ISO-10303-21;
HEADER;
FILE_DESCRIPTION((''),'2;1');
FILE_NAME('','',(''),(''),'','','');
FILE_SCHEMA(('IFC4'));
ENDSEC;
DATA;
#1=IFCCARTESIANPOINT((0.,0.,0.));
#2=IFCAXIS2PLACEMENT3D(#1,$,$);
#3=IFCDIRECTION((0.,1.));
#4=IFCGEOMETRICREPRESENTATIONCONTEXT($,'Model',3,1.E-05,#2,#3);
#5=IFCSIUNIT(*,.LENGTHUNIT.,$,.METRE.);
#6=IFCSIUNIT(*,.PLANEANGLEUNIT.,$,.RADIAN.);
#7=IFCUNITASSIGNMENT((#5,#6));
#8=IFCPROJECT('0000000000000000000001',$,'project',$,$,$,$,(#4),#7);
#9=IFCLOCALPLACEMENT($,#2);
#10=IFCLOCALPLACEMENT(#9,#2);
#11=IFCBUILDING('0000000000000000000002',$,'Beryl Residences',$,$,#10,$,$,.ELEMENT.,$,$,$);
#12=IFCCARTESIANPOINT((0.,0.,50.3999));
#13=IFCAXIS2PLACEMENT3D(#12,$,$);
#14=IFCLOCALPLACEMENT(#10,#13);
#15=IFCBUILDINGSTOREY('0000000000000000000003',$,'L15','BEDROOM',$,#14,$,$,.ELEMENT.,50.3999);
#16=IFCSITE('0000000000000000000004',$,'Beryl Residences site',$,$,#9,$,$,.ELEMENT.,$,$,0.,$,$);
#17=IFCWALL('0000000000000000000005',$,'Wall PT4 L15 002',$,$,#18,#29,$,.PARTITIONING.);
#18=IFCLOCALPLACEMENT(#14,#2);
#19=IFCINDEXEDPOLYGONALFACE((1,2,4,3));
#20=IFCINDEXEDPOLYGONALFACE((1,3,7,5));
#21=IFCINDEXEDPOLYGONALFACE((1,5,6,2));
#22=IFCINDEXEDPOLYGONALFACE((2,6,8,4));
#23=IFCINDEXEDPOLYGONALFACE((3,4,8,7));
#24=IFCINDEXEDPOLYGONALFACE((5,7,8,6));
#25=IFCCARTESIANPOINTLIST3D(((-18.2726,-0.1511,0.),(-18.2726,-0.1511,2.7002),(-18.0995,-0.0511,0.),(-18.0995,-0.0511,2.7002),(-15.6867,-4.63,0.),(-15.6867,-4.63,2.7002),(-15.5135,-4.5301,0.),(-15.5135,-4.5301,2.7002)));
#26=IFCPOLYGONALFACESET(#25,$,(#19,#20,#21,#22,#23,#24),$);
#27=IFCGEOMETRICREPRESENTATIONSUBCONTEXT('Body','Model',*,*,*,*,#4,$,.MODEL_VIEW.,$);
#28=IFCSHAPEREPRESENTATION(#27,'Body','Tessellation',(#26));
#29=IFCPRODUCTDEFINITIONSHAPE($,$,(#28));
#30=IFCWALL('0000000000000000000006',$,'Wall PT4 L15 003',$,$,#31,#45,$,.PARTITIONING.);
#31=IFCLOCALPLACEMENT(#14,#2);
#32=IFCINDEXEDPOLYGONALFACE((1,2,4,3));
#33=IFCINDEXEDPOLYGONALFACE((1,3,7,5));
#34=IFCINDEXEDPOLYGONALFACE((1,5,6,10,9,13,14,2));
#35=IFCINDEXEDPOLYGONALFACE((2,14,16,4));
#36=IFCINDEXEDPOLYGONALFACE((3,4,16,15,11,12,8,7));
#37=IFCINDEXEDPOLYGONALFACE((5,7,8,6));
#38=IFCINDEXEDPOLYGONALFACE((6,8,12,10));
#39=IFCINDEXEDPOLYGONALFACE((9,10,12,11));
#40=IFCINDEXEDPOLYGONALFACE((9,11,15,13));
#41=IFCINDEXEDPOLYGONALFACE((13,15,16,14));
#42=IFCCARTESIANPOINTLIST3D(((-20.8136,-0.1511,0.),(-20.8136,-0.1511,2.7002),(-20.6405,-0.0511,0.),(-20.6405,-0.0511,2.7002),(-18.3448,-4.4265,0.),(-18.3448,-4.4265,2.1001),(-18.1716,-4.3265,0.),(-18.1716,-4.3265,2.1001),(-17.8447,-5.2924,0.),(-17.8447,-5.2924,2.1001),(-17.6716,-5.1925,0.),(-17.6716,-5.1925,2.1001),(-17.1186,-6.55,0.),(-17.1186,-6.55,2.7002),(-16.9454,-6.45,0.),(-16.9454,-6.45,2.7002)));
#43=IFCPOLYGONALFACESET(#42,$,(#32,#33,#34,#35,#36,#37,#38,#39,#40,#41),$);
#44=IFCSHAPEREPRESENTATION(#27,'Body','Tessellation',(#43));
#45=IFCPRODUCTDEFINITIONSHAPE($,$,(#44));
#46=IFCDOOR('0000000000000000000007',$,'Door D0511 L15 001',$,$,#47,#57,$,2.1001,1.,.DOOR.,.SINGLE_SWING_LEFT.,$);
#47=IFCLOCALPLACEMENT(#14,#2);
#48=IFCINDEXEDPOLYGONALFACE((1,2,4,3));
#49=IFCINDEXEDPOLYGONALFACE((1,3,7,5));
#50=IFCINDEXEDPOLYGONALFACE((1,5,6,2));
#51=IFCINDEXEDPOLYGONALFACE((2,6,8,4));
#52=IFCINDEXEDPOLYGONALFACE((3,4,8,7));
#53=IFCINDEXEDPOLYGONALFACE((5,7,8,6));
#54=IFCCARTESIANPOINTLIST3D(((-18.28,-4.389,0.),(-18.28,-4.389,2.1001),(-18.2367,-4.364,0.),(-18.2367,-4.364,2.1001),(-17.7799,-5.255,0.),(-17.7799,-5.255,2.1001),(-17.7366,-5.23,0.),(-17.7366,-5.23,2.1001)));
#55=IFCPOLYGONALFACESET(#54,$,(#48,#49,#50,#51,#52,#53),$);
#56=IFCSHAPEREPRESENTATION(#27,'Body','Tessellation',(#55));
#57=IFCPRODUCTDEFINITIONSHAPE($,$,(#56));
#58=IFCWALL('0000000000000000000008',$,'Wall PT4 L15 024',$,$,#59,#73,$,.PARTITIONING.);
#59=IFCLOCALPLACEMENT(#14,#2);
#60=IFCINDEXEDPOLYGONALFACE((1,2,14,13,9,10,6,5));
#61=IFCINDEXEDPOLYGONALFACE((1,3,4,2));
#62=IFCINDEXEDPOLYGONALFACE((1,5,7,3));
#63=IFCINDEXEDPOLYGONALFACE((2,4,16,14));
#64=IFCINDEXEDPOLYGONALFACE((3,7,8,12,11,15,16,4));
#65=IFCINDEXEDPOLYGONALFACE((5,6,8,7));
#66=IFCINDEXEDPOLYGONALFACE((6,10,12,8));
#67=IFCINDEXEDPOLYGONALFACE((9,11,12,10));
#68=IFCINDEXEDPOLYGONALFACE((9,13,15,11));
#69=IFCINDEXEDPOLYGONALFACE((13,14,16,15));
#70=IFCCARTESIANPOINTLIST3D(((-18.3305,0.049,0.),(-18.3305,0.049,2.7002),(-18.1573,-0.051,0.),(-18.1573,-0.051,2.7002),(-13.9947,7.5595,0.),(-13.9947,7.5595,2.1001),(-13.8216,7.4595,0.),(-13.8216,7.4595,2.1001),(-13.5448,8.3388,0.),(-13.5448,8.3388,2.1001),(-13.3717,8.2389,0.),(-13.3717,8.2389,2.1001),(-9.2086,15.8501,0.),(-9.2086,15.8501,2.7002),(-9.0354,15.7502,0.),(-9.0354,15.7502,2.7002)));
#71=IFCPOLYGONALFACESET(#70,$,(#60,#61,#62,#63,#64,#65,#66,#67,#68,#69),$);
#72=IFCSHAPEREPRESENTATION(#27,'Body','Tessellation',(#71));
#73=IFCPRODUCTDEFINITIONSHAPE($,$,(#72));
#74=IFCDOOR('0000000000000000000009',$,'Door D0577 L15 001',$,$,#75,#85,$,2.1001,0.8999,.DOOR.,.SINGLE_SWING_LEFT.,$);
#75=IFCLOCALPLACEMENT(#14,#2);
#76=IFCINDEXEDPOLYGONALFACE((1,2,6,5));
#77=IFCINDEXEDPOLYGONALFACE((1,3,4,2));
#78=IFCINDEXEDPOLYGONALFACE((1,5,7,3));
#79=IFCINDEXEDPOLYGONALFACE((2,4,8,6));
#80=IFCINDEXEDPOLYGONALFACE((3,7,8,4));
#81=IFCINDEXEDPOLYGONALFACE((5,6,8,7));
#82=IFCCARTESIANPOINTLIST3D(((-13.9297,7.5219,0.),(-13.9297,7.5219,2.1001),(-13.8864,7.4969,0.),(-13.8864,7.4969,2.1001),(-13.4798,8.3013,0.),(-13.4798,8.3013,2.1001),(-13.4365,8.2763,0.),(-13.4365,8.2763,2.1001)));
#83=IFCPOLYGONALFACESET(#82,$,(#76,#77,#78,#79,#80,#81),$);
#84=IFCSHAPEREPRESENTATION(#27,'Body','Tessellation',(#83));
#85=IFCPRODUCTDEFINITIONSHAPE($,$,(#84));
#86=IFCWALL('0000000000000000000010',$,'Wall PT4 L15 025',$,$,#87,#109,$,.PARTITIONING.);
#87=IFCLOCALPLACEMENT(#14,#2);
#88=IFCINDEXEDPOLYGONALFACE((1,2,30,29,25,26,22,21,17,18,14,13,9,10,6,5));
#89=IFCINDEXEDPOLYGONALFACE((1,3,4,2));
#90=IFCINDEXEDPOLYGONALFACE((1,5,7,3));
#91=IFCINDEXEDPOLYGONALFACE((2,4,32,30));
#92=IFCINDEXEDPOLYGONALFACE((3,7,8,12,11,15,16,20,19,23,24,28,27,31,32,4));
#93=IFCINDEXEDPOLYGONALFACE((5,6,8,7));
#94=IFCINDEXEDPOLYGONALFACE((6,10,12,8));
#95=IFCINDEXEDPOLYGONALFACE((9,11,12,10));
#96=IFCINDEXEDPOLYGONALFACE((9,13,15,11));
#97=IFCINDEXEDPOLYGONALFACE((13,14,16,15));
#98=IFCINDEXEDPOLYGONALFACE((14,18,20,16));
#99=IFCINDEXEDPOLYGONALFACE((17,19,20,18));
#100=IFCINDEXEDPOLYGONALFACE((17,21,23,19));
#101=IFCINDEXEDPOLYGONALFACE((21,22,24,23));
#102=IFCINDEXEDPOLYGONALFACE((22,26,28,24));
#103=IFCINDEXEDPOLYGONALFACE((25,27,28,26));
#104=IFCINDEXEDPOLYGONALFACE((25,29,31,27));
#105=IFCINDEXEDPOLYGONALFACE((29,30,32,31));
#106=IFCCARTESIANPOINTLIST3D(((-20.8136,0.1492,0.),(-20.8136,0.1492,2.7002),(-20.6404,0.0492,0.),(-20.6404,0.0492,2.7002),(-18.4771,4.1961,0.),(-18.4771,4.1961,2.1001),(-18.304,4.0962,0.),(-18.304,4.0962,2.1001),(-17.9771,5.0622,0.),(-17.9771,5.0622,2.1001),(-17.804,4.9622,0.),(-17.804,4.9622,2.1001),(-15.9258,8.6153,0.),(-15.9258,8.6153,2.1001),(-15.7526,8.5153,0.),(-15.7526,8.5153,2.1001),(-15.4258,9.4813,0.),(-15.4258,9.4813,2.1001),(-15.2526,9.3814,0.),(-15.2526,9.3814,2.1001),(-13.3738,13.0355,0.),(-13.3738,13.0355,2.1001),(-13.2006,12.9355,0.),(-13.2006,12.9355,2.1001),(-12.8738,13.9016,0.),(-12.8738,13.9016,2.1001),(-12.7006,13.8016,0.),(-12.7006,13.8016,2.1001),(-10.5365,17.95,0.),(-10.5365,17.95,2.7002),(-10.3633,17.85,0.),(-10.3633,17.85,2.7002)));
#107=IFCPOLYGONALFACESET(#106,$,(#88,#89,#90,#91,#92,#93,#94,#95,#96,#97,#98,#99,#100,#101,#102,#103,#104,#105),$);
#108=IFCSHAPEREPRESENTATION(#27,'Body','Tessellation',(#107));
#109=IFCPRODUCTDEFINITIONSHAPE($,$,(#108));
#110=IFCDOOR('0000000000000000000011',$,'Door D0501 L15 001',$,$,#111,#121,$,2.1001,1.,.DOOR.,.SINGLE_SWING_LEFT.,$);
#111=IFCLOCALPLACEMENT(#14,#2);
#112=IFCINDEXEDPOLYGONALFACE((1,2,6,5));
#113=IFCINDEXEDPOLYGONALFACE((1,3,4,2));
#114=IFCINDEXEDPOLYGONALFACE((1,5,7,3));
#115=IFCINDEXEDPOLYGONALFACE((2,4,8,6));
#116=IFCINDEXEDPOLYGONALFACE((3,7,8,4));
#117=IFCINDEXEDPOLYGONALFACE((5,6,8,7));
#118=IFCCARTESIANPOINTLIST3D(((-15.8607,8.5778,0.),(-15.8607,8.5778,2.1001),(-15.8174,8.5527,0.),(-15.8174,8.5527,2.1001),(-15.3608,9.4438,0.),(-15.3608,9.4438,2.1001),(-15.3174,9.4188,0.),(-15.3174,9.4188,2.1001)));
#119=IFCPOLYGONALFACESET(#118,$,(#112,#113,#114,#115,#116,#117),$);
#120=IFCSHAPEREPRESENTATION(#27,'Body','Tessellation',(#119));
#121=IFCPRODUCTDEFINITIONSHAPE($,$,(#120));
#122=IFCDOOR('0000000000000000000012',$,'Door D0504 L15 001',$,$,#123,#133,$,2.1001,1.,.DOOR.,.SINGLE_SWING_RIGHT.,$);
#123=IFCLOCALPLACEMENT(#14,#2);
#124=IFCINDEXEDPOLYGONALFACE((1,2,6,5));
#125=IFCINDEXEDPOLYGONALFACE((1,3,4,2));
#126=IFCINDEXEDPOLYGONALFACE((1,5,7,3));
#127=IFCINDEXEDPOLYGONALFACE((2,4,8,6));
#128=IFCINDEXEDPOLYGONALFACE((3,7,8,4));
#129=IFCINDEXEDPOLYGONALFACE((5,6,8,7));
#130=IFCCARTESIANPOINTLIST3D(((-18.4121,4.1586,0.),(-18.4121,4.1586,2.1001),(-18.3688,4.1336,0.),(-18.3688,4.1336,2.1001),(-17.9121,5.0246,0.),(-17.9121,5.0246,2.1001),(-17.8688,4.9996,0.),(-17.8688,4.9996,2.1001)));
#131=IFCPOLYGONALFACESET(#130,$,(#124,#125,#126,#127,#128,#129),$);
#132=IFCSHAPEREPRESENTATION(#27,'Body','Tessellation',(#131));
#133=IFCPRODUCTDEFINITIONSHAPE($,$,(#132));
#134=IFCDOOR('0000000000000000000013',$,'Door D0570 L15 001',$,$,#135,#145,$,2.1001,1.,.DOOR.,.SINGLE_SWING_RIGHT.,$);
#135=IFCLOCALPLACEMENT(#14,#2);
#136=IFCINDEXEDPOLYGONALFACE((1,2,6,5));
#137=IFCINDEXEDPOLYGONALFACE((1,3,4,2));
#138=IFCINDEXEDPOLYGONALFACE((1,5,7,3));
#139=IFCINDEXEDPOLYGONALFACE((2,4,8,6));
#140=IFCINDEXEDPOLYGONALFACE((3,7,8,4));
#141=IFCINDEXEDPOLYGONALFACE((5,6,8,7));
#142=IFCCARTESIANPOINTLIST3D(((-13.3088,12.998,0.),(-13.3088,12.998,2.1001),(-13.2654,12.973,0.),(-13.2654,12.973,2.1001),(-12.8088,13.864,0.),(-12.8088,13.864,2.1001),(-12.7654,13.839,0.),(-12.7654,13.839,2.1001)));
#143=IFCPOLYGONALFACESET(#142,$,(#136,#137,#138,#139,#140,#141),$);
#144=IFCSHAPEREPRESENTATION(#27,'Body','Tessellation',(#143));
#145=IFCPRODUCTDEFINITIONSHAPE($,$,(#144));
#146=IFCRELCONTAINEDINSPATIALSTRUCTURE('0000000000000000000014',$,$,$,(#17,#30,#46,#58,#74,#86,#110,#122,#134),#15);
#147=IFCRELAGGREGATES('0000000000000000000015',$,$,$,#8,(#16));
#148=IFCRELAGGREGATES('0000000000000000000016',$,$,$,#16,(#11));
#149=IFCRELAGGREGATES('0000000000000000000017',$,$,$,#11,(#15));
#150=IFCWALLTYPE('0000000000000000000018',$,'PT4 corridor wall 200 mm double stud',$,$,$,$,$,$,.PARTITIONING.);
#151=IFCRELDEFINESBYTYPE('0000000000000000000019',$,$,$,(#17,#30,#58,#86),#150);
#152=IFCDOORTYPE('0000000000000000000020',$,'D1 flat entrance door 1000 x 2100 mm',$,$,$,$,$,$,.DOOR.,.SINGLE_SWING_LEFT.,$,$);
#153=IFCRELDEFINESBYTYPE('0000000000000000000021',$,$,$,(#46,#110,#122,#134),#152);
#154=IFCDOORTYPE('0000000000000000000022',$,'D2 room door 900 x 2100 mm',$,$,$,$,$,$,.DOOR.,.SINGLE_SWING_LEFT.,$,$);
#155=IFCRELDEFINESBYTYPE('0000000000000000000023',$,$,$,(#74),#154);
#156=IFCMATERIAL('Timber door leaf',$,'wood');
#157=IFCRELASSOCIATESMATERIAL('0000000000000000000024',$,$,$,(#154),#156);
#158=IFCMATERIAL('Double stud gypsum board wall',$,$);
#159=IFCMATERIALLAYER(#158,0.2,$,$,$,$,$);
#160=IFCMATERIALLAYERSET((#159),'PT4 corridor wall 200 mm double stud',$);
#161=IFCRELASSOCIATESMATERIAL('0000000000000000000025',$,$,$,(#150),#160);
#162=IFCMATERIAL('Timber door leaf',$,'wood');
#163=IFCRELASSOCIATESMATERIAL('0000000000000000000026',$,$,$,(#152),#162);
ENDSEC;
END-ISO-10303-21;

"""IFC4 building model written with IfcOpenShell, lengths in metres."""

from ifc_helpers import new_model, si_unit, direction, frame, frame_2d, origin, place, context, subcontext, project, spatial, rectangle, extrude, material, layer, layer_set, type_object, element, fill, save


model = new_model("IFC4")

# Units and contexts
model_context = context("Model", 3, precision=1e-05, world=origin(), true_north=direction((0.0, 1.0)))
body_context = subcontext(model_context, "Body", "Model", "MODEL_VIEW")
ifc_project = project(units=[si_unit("LENGTHUNIT", "METRE"), si_unit("PLANEANGLEUNIT", "RADIAN")], contexts=[model_context])

# Site, building, storey
site_placement = place(None, origin())
site = spatial("IfcSite", under=ifc_project, at=site_placement, Name="Beryl Residences site", CompositionType="ELEMENT", RefElevation=0.0)
building_placement = place(site_placement, origin())
building = spatial("IfcBuilding", under=site, at=building_placement, Name="Beryl Residences", CompositionType="ELEMENT")
storey_placement = place(building_placement, frame((0.0, 0.0, 50.3999)))
storey = spatial("IfcBuildingStorey", under=building, at=storey_placement, Name="L15", Description="BEDROOM", CompositionType="ELEMENT", Elevation=50.3999)

# Shared definitions
ifc_material_1 = material(Name="Timber door leaf", Category="wood")
door_type_1 = type_object("IfcDoorType", Name="D2 room door 900 x 2100 mm", OperationType="SINGLE_SWING_LEFT", PredefinedType="DOOR", material=ifc_material_1)

# Wall
ifc_material_2 = material(Name="Double stud gypsum board wall")
ifc_layer_1 = layer(ifc_material_2, 0.2)
ifc_layer_set_1 = layer_set([ifc_layer_1], Name="PT4 corridor wall 200 mm double stud")
wall_type_1 = type_object("IfcWallType", Name="PT4 corridor wall 200 mm double stud", PredefinedType="PARTITIONING", material=ifc_layer_set_1)
wall_1_placement = place(storey_placement, frame((-18.186, -0.1011, 0.0), z_axis=(0.0, 0.0, 1.0), x_axis=(0.499998, -0.866027, 0.0)))
element("IfcWall", 1, at=wall_1_placement, inside=storey, type_object=wall_type_1, Name="Wall PT4 L15 002", PredefinedType="PARTITIONING", context=body_context, shape_type="SweptSolid", body=[
    extrude(rectangle(XDim=5.1719, YDim=0.2, at=frame_2d((2.5859, 0.0))), origin(), (0.0, 0.0, 1.0), 2.7002),
])

# Walls, openings, doors
wall_2_placement = place(storey_placement, frame((-20.7271, -0.1011, 0.0), z_axis=(0.0, 0.0, 1.0), x_axis=(0.500066, -0.865987, 0.0)))
wall_2 = element("IfcWall", 2, at=wall_2_placement, inside=storey, type_object=wall_type_1, Name="Wall PT4 L15 003", PredefinedType="PARTITIONING", context=body_context, shape_type="SweptSolid", body=[
    extrude(rectangle(XDim=7.3892, YDim=0.2, at=frame_2d((3.6946, 0.0))), origin(), (0.0, 0.0, 1.0), 2.7002),
])
opening_1_placement = place(wall_2_placement, frame((4.937, 0.0, 0.0)))
opening_1 = element("IfcOpeningElement", 3, at=opening_1_placement, cuts=wall_2, PredefinedType="OPENING", context=body_context, shape_type="SweptSolid", body=[
    extrude(rectangle(XDim=1.0, YDim=2.1001, at=frame_2d((0.5, 1.05))), frame((0.0, 0.1099, 0.0), z_axis=(0.0, -1.0, 0.0), x_axis=(1.0, 0.0, 0.0)), (0.0, 0.0, 1.0), 0.22),
])
ifc_material_3 = material(Name="Timber door leaf", Category="wood")
door_type_2 = type_object("IfcDoorType", Name="D1 flat entrance door 1000 x 2100 mm", OperationType="SINGLE_SWING_LEFT", PredefinedType="DOOR", material=ifc_material_3)
door_1_placement = place(opening_1_placement, origin())
door_1 = element("IfcDoor", 4, at=door_1_placement, inside=storey, type_object=door_type_2, Name="Door D0511 L15 001", OperationType="SINGLE_SWING_LEFT", OverallHeight=2.1001, OverallWidth=1.0, PredefinedType="DOOR", context=body_context, shape_type="SweptSolid", body=[
    extrude(rectangle(XDim=1.0, YDim=2.1001, at=frame_2d((0.5, 1.05))), frame((0.0, 0.0249, 0.0), z_axis=(0.0, -1.0, 0.0), x_axis=(1.0, 0.0, 0.0)), (0.0, 0.0, 1.0), 0.05),
])
fill(opening_1, door_1)
wall_3_placement = place(storey_placement, frame((-18.2439, -0.001, 0.0), z_axis=(0.0, 0.0, 1.0), x_axis=(0.499963, 0.866047, 0.0)))
wall_3 = element("IfcWall", 5, at=wall_3_placement, inside=storey, type_object=wall_type_1, Name="Wall PT4 L15 024", PredefinedType="PARTITIONING", context=body_context, shape_type="SweptSolid", body=[
    extrude(rectangle(XDim=18.2451, YDim=0.2, at=frame_2d((9.1226, 0.0))), origin(), (0.0, 0.0, 1.0), 2.7002),
])
opening_2_placement = place(wall_3_placement, frame((8.6721, 0.0, 0.0)))
opening_2 = element("IfcOpeningElement", 6, at=opening_2_placement, cuts=wall_3, PredefinedType="OPENING", context=body_context, shape_type="SweptSolid", body=[
    extrude(rectangle(XDim=0.8999, YDim=2.1001, at=frame_2d((0.45, 1.05))), frame((0.0, 0.1099, 0.0), z_axis=(0.0, -1.0, 0.0), x_axis=(1.0, 0.0, 0.0)), (0.0, 0.0, 1.0), 0.22),
])
door_2_placement = place(opening_2_placement, origin())
door_2 = element("IfcDoor", 7, at=door_2_placement, inside=storey, type_object=door_type_1, Name="Door D0577 L15 001", OperationType="SINGLE_SWING_LEFT", OverallHeight=2.1001, OverallWidth=0.8999, PredefinedType="DOOR", context=body_context, shape_type="SweptSolid", body=[
    extrude(rectangle(XDim=0.8999, YDim=2.1001, at=frame_2d((0.45, 1.05))), frame((0.0, 0.0249, 0.0), z_axis=(0.0, -1.0, 0.0), x_axis=(1.0, 0.0, 0.0)), (0.0, 0.0, 1.0), 0.05),
])
fill(opening_2, door_2)

# Wall, openings, doors
wall_4_placement = place(storey_placement, frame((-20.7271, 0.0991, 0.0), z_axis=(0.0, 0.0, 1.0), x_axis=(0.499993, 0.866029, 0.0)))
wall_4 = element("IfcWall", 8, at=wall_4_placement, inside=storey, type_object=wall_type_1, Name="Wall PT4 L15 025", PredefinedType="PARTITIONING", context=body_context, shape_type="SweptSolid", body=[
    extrude(rectangle(XDim=20.5544, YDim=0.2, at=frame_2d((10.2773, 0.0))), origin(), (0.0, 0.0, 1.0), 2.7002),
])
opening_3_placement = place(wall_4_placement, frame((9.7759, 0.0, 0.0)))
opening_3 = element("IfcOpeningElement", 9, at=opening_3_placement, cuts=wall_4, PredefinedType="OPENING", context=body_context, shape_type="SweptSolid", body=[
    extrude(rectangle(XDim=1.0, YDim=2.1001, at=frame_2d((0.5, 1.05))), frame((0.0, 0.1099, 0.0), z_axis=(0.0, -1.0, 0.0), x_axis=(1.0, 0.0, 0.0)), (0.0, 0.0, 1.0), 0.22),
])
opening_4_placement = place(wall_4_placement, frame((4.6731, 0.0, 0.0)))
opening_4 = element("IfcOpeningElement", 10, at=opening_4_placement, cuts=wall_4, PredefinedType="OPENING", context=body_context, shape_type="SweptSolid", body=[
    extrude(rectangle(XDim=1.0, YDim=2.1001, at=frame_2d((0.5, 1.05))), frame((0.0, 0.1099, 0.0), z_axis=(0.0, -1.0, 0.0), x_axis=(1.0, 0.0, 0.0)), (0.0, 0.0, 1.0), 0.22),
])
opening_5_placement = place(wall_4_placement, frame((14.8799, 0.0, 0.0)))
opening_5 = element("IfcOpeningElement", 11, at=opening_5_placement, cuts=wall_4, PredefinedType="OPENING", context=body_context, shape_type="SweptSolid", body=[
    extrude(rectangle(XDim=1.0, YDim=2.1001, at=frame_2d((0.5, 1.05))), frame((0.0, 0.1099, 0.0), z_axis=(0.0, -1.0, 0.0), x_axis=(1.0, 0.0, 0.0)), (0.0, 0.0, 1.0), 0.22),
])
door_3_placement = place(opening_3_placement, origin())
door_3 = element("IfcDoor", 12, at=door_3_placement, inside=storey, type_object=door_type_2, Name="Door D0501 L15 001", OperationType="SINGLE_SWING_LEFT", OverallHeight=2.1001, OverallWidth=1.0, PredefinedType="DOOR", context=body_context, shape_type="SweptSolid", body=[
    extrude(rectangle(XDim=1.0, YDim=2.1001, at=frame_2d((0.5, 1.05))), frame((0.0, 0.0249, 0.0), z_axis=(0.0, -1.0, 0.0), x_axis=(1.0, 0.0, 0.0)), (0.0, 0.0, 1.0), 0.05),
])
fill(opening_3, door_3)
door_4_placement = place(opening_4_placement, origin())
door_4 = element("IfcDoor", 13, at=door_4_placement, inside=storey, type_object=door_type_2, Name="Door D0504 L15 001", OperationType="SINGLE_SWING_RIGHT", OverallHeight=2.1001, OverallWidth=1.0, PredefinedType="DOOR", context=body_context, shape_type="SweptSolid", body=[
    extrude(rectangle(XDim=1.0, YDim=2.1001, at=frame_2d((0.5, 1.05))), frame((0.0, 0.0249, 0.0), z_axis=(0.0, -1.0, 0.0), x_axis=(1.0, 0.0, 0.0)), (0.0, 0.0, 1.0), 0.05),
])
fill(opening_4, door_4)
door_5_placement = place(opening_5_placement, origin())
door_5 = element("IfcDoor", 14, at=door_5_placement, inside=storey, type_object=door_type_2, Name="Door D0570 L15 001", OperationType="SINGLE_SWING_RIGHT", OverallHeight=2.1001, OverallWidth=1.0, PredefinedType="DOOR", context=body_context, shape_type="SweptSolid", body=[
    extrude(rectangle(XDim=1.0, YDim=2.1001, at=frame_2d((0.5, 1.05))), frame((0.0, 0.0249, 0.0), z_axis=(0.0, -1.0, 0.0), x_axis=(1.0, 0.0, 0.0)), (0.0, 0.0, 1.0), 0.05),
])
fill(opening_5, door_5)

save(model, "model.ifc")
